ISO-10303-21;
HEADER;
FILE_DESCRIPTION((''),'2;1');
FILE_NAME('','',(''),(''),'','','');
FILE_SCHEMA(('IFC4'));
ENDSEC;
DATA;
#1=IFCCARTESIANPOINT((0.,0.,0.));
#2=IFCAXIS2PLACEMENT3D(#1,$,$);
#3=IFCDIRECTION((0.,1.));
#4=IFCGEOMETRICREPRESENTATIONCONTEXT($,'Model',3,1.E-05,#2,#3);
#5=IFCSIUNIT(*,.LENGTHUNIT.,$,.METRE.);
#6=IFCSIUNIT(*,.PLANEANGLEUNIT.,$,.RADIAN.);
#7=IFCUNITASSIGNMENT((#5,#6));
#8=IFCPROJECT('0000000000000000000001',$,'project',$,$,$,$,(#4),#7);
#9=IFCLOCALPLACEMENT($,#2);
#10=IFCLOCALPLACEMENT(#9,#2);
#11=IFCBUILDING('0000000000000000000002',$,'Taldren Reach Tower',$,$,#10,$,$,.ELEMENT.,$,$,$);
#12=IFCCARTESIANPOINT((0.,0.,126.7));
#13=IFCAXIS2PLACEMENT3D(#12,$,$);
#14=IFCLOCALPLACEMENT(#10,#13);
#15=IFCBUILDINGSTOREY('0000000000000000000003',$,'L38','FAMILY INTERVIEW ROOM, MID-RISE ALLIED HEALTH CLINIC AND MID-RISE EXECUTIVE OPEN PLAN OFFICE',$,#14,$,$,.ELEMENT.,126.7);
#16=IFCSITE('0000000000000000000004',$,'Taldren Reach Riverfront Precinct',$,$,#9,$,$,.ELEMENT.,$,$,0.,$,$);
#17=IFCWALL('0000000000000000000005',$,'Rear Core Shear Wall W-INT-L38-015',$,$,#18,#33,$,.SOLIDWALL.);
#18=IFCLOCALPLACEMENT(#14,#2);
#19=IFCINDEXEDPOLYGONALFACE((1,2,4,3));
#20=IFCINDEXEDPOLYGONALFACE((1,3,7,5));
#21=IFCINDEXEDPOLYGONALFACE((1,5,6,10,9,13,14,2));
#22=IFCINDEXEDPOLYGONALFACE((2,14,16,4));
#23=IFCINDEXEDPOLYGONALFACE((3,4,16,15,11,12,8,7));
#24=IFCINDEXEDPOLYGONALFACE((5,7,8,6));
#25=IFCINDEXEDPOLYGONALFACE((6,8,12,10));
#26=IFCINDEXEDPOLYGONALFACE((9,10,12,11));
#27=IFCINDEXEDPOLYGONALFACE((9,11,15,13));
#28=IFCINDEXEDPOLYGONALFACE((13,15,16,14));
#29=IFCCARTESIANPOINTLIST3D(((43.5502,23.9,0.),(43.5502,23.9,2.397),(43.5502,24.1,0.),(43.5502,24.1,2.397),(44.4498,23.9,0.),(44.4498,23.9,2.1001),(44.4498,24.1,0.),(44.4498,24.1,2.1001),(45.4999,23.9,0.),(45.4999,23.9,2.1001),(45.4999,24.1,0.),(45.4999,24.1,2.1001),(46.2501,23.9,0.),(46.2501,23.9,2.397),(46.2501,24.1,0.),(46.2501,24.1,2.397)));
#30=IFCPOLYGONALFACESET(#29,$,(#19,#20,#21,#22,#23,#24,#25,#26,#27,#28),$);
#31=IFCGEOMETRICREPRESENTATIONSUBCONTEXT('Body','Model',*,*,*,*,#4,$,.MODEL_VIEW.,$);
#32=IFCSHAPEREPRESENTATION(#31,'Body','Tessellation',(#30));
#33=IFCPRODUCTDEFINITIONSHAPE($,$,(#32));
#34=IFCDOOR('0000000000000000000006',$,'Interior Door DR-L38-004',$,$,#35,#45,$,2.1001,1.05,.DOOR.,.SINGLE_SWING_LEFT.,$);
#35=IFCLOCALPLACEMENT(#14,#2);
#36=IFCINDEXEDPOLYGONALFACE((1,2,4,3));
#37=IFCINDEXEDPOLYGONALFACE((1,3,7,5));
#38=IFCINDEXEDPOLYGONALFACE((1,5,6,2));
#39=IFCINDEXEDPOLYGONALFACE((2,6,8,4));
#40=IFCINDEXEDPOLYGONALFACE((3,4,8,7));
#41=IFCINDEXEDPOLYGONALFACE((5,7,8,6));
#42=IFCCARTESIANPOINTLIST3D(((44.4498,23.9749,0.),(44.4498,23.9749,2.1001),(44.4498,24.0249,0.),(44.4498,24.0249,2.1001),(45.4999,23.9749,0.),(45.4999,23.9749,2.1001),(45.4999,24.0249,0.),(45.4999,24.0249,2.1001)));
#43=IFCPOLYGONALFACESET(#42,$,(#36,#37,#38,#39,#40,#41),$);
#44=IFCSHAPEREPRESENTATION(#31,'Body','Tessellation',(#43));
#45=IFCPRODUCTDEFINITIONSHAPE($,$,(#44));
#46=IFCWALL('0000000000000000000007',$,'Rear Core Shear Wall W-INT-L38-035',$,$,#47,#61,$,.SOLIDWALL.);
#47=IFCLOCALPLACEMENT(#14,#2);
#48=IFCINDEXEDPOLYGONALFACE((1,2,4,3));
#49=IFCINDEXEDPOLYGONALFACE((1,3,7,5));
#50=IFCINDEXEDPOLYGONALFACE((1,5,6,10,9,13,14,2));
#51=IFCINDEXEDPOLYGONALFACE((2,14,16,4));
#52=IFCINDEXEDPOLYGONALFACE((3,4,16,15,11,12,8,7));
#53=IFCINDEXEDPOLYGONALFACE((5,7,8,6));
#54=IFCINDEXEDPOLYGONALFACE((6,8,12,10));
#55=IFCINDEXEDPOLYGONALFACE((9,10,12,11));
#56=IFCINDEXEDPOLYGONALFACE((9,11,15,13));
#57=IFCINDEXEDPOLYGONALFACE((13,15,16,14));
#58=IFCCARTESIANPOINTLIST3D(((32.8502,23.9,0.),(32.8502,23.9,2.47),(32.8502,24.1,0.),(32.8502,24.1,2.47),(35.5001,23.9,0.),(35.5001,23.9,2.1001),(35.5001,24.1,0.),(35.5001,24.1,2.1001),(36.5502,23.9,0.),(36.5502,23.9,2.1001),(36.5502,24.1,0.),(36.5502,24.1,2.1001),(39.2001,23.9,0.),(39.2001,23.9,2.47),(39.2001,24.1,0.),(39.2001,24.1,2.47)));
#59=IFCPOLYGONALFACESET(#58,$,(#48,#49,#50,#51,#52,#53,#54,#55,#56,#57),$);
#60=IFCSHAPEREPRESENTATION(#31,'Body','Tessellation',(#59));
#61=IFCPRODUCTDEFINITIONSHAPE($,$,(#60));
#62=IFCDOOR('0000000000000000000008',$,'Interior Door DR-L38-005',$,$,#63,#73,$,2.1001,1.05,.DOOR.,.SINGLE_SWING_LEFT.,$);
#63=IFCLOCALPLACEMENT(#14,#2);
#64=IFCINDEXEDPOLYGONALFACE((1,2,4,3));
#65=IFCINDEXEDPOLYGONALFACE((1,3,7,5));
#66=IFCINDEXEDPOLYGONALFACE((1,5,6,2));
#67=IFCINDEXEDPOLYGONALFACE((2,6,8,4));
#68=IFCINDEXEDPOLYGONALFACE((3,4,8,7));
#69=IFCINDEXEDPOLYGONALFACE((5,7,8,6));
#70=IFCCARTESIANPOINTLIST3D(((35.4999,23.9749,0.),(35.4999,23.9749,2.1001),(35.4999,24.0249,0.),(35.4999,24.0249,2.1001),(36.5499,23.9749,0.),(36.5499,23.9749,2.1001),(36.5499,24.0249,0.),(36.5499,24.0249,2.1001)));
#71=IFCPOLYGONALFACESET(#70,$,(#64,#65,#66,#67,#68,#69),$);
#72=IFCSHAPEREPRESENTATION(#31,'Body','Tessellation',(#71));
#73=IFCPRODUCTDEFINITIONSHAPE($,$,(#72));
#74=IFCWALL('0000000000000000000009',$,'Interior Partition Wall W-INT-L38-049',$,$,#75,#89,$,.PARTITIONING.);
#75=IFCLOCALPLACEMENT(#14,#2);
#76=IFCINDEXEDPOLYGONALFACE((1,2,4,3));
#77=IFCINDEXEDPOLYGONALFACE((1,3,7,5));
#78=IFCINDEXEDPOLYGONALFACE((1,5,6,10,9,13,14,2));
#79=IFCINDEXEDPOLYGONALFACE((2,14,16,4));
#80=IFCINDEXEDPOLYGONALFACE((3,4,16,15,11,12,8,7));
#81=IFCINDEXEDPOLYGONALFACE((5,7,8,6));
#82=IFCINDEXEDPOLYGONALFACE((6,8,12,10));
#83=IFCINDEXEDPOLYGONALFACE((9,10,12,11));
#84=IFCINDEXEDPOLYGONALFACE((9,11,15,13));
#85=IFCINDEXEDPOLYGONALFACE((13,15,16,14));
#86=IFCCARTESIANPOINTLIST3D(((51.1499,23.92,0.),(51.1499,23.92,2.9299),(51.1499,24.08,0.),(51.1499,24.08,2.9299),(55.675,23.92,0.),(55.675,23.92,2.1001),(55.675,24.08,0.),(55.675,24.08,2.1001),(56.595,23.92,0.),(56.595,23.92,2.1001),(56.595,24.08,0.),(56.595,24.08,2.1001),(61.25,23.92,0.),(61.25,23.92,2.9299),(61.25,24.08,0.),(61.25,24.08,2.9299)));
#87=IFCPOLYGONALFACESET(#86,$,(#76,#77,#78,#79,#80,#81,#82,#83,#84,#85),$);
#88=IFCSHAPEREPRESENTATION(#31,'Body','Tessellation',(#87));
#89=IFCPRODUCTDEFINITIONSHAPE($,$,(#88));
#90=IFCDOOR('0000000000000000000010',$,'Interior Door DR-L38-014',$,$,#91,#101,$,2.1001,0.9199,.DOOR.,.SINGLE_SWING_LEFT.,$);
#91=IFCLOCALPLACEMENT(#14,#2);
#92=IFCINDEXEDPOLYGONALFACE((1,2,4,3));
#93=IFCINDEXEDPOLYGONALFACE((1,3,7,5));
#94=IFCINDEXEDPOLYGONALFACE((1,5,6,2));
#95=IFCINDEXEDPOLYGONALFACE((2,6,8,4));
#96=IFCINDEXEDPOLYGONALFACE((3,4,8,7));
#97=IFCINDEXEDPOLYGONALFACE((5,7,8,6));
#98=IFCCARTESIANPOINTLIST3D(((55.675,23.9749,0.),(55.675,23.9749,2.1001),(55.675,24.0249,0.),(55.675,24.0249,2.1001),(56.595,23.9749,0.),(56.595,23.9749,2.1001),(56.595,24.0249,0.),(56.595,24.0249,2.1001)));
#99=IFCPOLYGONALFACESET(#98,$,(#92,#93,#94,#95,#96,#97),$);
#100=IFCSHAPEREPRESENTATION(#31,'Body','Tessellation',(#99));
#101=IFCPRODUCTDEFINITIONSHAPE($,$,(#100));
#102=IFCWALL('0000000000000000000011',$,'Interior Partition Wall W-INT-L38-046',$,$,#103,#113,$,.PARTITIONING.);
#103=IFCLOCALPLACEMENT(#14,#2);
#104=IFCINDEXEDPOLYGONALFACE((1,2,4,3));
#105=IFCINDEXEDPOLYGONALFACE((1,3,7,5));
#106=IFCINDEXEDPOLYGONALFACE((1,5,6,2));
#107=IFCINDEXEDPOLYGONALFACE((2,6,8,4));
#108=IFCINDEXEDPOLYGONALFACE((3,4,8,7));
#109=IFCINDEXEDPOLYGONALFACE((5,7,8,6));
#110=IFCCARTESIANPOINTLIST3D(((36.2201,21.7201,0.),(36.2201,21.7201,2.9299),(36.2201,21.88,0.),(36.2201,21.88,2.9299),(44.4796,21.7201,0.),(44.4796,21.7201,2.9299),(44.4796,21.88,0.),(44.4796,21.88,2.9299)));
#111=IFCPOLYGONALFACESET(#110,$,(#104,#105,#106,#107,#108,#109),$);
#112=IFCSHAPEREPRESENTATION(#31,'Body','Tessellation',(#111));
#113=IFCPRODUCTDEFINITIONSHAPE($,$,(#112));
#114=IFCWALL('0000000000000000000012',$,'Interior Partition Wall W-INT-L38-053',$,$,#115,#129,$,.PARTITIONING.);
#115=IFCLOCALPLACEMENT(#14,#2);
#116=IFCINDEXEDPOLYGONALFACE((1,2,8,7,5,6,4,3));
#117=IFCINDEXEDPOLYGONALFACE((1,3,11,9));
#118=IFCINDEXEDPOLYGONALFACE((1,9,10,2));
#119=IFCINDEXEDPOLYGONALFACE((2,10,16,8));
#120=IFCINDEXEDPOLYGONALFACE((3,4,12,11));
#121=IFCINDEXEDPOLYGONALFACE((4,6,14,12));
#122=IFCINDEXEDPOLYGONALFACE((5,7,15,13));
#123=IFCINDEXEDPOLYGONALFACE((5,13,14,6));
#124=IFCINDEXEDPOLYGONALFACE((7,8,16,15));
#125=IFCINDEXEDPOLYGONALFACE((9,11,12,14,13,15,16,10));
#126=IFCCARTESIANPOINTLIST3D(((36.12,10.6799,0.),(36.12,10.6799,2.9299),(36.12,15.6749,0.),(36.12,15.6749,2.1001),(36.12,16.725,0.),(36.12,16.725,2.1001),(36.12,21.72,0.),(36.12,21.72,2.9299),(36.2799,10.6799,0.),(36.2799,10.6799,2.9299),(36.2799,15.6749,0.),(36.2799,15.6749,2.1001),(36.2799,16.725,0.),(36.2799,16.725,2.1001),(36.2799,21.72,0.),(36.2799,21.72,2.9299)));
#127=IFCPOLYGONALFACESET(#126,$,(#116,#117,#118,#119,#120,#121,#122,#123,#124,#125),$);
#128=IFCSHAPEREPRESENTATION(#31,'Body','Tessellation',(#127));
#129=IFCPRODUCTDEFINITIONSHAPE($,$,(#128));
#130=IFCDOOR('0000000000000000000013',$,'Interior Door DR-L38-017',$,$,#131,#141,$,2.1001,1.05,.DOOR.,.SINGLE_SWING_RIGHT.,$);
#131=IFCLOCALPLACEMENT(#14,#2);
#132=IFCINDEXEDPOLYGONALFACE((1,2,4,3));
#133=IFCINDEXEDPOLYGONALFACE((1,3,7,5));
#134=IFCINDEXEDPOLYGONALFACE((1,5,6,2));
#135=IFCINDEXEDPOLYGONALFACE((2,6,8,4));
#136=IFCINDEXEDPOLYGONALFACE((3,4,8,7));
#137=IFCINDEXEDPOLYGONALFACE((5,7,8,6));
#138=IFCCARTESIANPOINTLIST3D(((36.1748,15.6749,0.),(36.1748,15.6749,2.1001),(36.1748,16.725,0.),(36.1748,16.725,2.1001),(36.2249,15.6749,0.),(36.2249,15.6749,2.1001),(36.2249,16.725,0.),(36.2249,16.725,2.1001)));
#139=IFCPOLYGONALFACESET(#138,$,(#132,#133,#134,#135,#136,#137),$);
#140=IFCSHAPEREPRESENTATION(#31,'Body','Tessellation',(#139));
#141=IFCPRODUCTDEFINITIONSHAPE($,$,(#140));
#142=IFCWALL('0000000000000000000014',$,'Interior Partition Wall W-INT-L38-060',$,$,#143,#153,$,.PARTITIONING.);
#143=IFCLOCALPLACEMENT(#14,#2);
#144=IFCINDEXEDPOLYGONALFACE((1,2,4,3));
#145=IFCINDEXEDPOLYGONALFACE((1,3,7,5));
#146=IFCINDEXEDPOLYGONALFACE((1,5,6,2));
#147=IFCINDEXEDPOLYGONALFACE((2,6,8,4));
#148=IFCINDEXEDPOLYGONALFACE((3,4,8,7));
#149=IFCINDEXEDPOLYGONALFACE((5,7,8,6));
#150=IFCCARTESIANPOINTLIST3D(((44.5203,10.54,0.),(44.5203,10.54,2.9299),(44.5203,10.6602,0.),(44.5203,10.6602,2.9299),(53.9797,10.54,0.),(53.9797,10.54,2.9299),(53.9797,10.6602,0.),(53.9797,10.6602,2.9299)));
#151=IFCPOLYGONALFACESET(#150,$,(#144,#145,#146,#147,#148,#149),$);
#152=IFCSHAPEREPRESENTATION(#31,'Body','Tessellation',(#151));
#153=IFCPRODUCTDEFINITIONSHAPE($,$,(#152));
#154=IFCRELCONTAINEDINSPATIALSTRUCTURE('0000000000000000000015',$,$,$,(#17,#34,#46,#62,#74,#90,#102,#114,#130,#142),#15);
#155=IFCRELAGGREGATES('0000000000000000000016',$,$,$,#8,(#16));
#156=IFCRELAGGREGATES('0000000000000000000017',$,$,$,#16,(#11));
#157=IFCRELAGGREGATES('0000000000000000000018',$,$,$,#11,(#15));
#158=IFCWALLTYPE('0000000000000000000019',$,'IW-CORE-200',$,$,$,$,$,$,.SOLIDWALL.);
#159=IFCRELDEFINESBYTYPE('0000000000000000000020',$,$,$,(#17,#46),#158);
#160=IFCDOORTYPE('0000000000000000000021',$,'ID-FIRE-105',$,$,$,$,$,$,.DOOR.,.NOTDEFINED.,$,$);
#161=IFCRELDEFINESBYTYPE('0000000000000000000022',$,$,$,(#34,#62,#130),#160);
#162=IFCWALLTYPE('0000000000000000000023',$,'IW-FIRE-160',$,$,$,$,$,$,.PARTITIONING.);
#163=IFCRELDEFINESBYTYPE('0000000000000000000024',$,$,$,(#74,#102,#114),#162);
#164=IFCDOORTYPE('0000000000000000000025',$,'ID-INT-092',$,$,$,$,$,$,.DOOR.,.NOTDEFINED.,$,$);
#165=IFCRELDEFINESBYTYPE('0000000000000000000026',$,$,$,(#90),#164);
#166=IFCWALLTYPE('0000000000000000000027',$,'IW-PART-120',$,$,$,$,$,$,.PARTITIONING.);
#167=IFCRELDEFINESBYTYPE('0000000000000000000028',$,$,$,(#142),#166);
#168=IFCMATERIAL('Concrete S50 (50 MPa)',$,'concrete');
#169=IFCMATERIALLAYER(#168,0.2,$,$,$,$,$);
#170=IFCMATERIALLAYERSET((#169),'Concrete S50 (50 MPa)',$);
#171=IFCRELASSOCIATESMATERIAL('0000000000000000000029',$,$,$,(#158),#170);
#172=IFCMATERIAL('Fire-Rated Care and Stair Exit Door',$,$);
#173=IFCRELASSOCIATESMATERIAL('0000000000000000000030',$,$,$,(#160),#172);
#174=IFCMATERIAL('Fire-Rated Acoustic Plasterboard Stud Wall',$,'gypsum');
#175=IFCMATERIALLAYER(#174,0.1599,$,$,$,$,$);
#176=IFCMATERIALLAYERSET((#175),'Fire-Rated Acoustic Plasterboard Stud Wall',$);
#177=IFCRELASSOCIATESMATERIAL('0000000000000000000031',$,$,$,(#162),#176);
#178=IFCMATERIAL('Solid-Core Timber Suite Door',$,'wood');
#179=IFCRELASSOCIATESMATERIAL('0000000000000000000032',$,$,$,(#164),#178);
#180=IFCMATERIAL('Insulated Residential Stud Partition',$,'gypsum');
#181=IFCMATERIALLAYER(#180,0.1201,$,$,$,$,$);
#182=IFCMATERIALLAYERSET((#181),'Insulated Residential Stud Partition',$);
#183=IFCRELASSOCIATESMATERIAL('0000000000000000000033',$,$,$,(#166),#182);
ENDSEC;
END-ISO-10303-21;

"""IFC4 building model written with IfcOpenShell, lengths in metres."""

from ifc_helpers import new_model, si_unit, direction, frame, frame_2d, origin, place, context, subcontext, project, spatial, rectangle, extrude, source, transform, mapped, material, layer, layer_set, type_object, element, fill, save


model = new_model("IFC4")

# Units and contexts
model_context = context("Model", 3, precision=1e-05, world=origin(), true_north=direction((0.0, 1.0)))
body_context = subcontext(model_context, "Body", "Model", "MODEL_VIEW")
ifc_project = project(units=[si_unit("LENGTHUNIT", "METRE"), si_unit("PLANEANGLEUNIT", "RADIAN")], contexts=[model_context])

# Site, building, storey
site_placement = place(None, origin())
site = spatial("IfcSite", under=ifc_project, at=site_placement, Name="Taldren Reach Riverfront Precinct", CompositionType="ELEMENT", RefElevation=0.0)
building_placement = place(site_placement, origin())
building = spatial("IfcBuilding", under=site, at=building_placement, Name="Taldren Reach Tower", CompositionType="ELEMENT")
storey_placement = place(building_placement, frame((0.0, 0.0, 126.7)))
storey = spatial("IfcBuildingStorey", under=building, at=storey_placement, Name="L38", Description="FAMILY INTERVIEW ROOM, MID-RISE ALLIED HEALTH CLINIC AND MID-RISE EXECUTIVE OPEN PLAN OFFICE", CompositionType="ELEMENT", Elevation=126.7)

# Shared definitions
ifc_material_1 = material(Name="Concrete S50 (50 MPa)", Category="concrete")
ifc_layer_1 = layer(ifc_material_1, 0.2)
ifc_layer_set_1 = layer_set([ifc_layer_1], Name="Concrete S50 (50 MPa)")
wall_type_1 = type_object("IfcWallType", Name="IW-CORE-200", PredefinedType="SOLIDWALL", material=ifc_layer_set_1)
shared_shape_1 = source(origin(), body_context, "Body", "SweptSolid", [
    extrude(rectangle(XDim=1.05, YDim=2.1001, at=frame_2d((0.5249, 1.05))), frame((0.0, 0.1099, 0.0), z_axis=(0.0, -1.0, 0.0), x_axis=(1.0, 0.0, 0.0)), (0.0, 0.0, 1.0), 0.22),
])
ifc_material_2 = material(Name="Fire-Rated Care and Stair Exit Door")
door_type_1 = type_object("IfcDoorType", Name="ID-FIRE-105", OperationType="NOTDEFINED", PredefinedType="DOOR", material=ifc_material_2)
shared_shape_2 = source(origin(), body_context, "Body", "SweptSolid", [
    extrude(rectangle(XDim=1.05, YDim=2.1001, at=frame_2d((0.5249, 1.05))), frame((0.0, 0.0249, 0.0), z_axis=(0.0, -1.0, 0.0), x_axis=(1.0, 0.0, 0.0)), (0.0, 0.0, 1.0), 0.05),
])

# Walls, openings, doors
shared_shape_3 = source(origin(), body_context, "Body", "SweptSolid", [
    extrude(rectangle(XDim=2.7, YDim=0.2, at=frame_2d((1.3501, 0.0))), origin(), (0.0, 0.0, 1.0), 2.397),
])
wall_1_placement = place(storey_placement, frame((43.55, 24.0, 0.0), z_axis=(0.0, 0.0, 1.0), x_axis=(1.0, 0.0, 0.0)))
wall_1 = element("IfcWall", 1, at=wall_1_placement, inside=storey, type_object=wall_type_1, Name="Rear Core Shear Wall W-INT-L38-015", PredefinedType="SOLIDWALL", context=body_context, shape_type="MappedRepresentation", body=[
    mapped(shared_shape_3, transform((0.0, 0.0, 0.0), scale=1.0)),
])
opening_1_placement = place(wall_1_placement, frame((0.8999, 0.0, 0.0)))
opening_1 = element("IfcOpeningElement", 2, at=opening_1_placement, cuts=wall_1, PredefinedType="OPENING", context=body_context, shape_type="MappedRepresentation", body=[
    mapped(shared_shape_1, transform((0.0, 0.0, 0.0), scale=1.0)),
])
door_1_placement = place(opening_1_placement, origin())
door_1 = element("IfcDoor", 3, at=door_1_placement, inside=storey, type_object=door_type_1, Name="Interior Door DR-L38-004", OperationType="SINGLE_SWING_LEFT", OverallHeight=2.1001, OverallWidth=1.05, PredefinedType="DOOR", context=body_context, shape_type="MappedRepresentation", body=[
    mapped(shared_shape_2, transform((0.0, 0.0, 0.0), scale=1.0)),
])
fill(opening_1, door_1)
shared_shape_4 = source(origin(), body_context, "Body", "SweptSolid", [
    extrude(rectangle(XDim=6.3499, YDim=0.2, at=frame_2d((3.1748, 0.0))), origin(), (0.0, 0.0, 1.0), 2.47),
])
wall_2_placement = place(storey_placement, frame((39.2, 24.0, 0.0), z_axis=(0.0, 0.0, 1.0), x_axis=(-1.0, 0.0, 0.0)))
wall_2 = element("IfcWall", 4, at=wall_2_placement, inside=storey, type_object=wall_type_1, Name="Rear Core Shear Wall W-INT-L38-035", PredefinedType="SOLIDWALL", context=body_context, shape_type="MappedRepresentation", body=[
    mapped(shared_shape_4, transform((0.0, 0.0, 0.0), scale=1.0)),
])
opening_2_placement = place(wall_2_placement, frame((2.6499, 0.0, 0.0)))
opening_2 = element("IfcOpeningElement", 5, at=opening_2_placement, cuts=wall_2, PredefinedType="OPENING", context=body_context, shape_type="MappedRepresentation", body=[
    mapped(shared_shape_1, transform((0.0, 0.0, 0.0), scale=1.0)),
])
door_2_placement = place(opening_2_placement, frame((1.05, 0.0, 0.0), z_axis=(0.0, 0.0, 1.0), x_axis=(-1.0, 0.0, 0.0)))
door_2 = element("IfcDoor", 6, at=door_2_placement, inside=storey, type_object=door_type_1, Name="Interior Door DR-L38-005", OperationType="SINGLE_SWING_LEFT", OverallHeight=2.1001, OverallWidth=1.05, PredefinedType="DOOR", context=body_context, shape_type="MappedRepresentation", body=[
    mapped(shared_shape_2, transform((0.0, 0.0, 0.0), scale=1.0)),
])
fill(opening_2, door_2)
ifc_material_3 = material(Name="Fire-Rated Acoustic Plasterboard Stud Wall", Category="gypsum")
ifc_layer_2 = layer(ifc_material_3, 0.1599)
ifc_layer_set_2 = layer_set([ifc_layer_2], Name="Fire-Rated Acoustic Plasterboard Stud Wall")
wall_type_2 = type_object("IfcWallType", Name="IW-FIRE-160", PredefinedType="PARTITIONING", material=ifc_layer_set_2)
shared_shape_5 = source(origin(), body_context, "Body", "SweptSolid", [
    extrude(rectangle(XDim=10.1001, YDim=0.1599, at=frame_2d((5.05, 0.0))), origin(), (0.0, 0.0, 1.0), 2.9299),
])
wall_3_placement = place(storey_placement, frame((51.1499, 24.0, 0.0), z_axis=(0.0, 0.0, 1.0), x_axis=(1.0, 0.0, 0.0)))
wall_3 = element("IfcWall", 7, at=wall_3_placement, inside=storey, type_object=wall_type_2, Name="Interior Partition Wall W-INT-L38-049", PredefinedType="PARTITIONING", context=body_context, shape_type="MappedRepresentation", body=[
    mapped(shared_shape_5, transform((0.0, 0.0, 0.0), scale=1.0)),
])
shared_shape_6 = source(origin(), body_context, "Body", "SweptSolid", [
    extrude(rectangle(XDim=0.9199, YDim=2.1001, at=frame_2d((0.46, 1.05))), frame((0.0, 0.0898, 0.0), z_axis=(0.0, -1.0, 0.0), x_axis=(1.0, 0.0, 0.0)), (0.0, 0.0, 1.0), 0.1799),
])
opening_3_placement = place(wall_3_placement, frame((4.5251, 0.0, 0.0)))
opening_3 = element("IfcOpeningElement", 8, at=opening_3_placement, cuts=wall_3, PredefinedType="OPENING", context=body_context, shape_type="MappedRepresentation", body=[
    mapped(shared_shape_6, transform((0.0, 0.0, 0.0), scale=1.0)),
])
ifc_material_4 = material(Name="Solid-Core Timber Suite Door", Category="wood")
door_type_2 = type_object("IfcDoorType", Name="ID-INT-092", OperationType="NOTDEFINED", PredefinedType="DOOR", material=ifc_material_4)
shared_shape_7 = source(origin(), body_context, "Body", "SweptSolid", [
    extrude(rectangle(XDim=0.9199, YDim=2.1001, at=frame_2d((0.46, 1.05))), frame((0.0, 0.0249, 0.0), z_axis=(0.0, -1.0, 0.0), x_axis=(1.0, 0.0, 0.0)), (0.0, 0.0, 1.0), 0.05),
])
door_3_placement = place(opening_3_placement, origin())
door_3 = element("IfcDoor", 9, at=door_3_placement, inside=storey, type_object=door_type_2, Name="Interior Door DR-L38-014", OperationType="SINGLE_SWING_LEFT", OverallHeight=2.1001, OverallWidth=0.9199, PredefinedType="DOOR", context=body_context, shape_type="MappedRepresentation", body=[
    mapped(shared_shape_7, transform((0.0, 0.0, 0.0), scale=1.0)),
])
fill(opening_3, door_3)

# Wall
shared_shape_8 = source(origin(), body_context, "Body", "SweptSolid", [
    extrude(rectangle(XDim=8.2595, YDim=0.1599, at=frame_2d((4.1299, 0.0))), origin(), (0.0, 0.0, 1.0), 2.9299),
])
wall_4_placement = place(storey_placement, frame((44.4797, 21.8, 0.0), z_axis=(0.0, 0.0, 1.0), x_axis=(-1.0, 0.0, 0.0)))
element("IfcWall", 10, at=wall_4_placement, inside=storey, type_object=wall_type_2, Name="Interior Partition Wall W-INT-L38-046", PredefinedType="PARTITIONING", context=body_context, shape_type="MappedRepresentation", body=[
    mapped(shared_shape_8, transform((0.0, 0.0, 0.0), scale=1.0)),
])

# Wall, opening, door
shared_shape_9 = source(origin(), body_context, "Body", "SweptSolid", [
    extrude(rectangle(XDim=11.04, YDim=0.1599, at=frame_2d((5.52, 0.0))), origin(), (0.0, 0.0, 1.0), 2.9299),
])
wall_5_placement = place(storey_placement, frame((36.2, 21.72, 0.0), z_axis=(0.0, 0.0, 1.0), x_axis=(0.0, -1.0, 0.0)))
wall_5 = element("IfcWall", 11, at=wall_5_placement, inside=storey, type_object=wall_type_2, Name="Interior Partition Wall W-INT-L38-053", PredefinedType="PARTITIONING", context=body_context, shape_type="MappedRepresentation", body=[
    mapped(shared_shape_9, transform((0.0, 0.0, 0.0), scale=1.0)),
])
shared_shape_10 = source(origin(), body_context, "Body", "SweptSolid", [
    extrude(rectangle(XDim=1.05, YDim=2.1001, at=frame_2d((0.5249, 1.05))), frame((0.0, 0.0898, 0.0), z_axis=(0.0, -1.0, 0.0), x_axis=(1.0, 0.0, 0.0)), (0.0, 0.0, 1.0), 0.1799),
])
opening_4_placement = place(wall_5_placement, frame((4.9951, 0.0, 0.0)))
opening_4 = element("IfcOpeningElement", 12, at=opening_4_placement, cuts=wall_5, PredefinedType="OPENING", context=body_context, shape_type="MappedRepresentation", body=[
    mapped(shared_shape_10, transform((0.0, 0.0, 0.0), scale=1.0)),
])
door_4_placement = place(opening_4_placement, origin())
door_4 = element("IfcDoor", 13, at=door_4_placement, inside=storey, type_object=door_type_1, Name="Interior Door DR-L38-017", OperationType="SINGLE_SWING_RIGHT", OverallHeight=2.1001, OverallWidth=1.05, PredefinedType="DOOR", context=body_context, shape_type="MappedRepresentation", body=[
    mapped(shared_shape_2, transform((0.0, 0.0, 0.0), scale=1.0)),
])
fill(opening_4, door_4)

# Wall
ifc_material_5 = material(Name="Insulated Residential Stud Partition", Category="gypsum")
ifc_layer_3 = layer(ifc_material_5, 0.1201)
ifc_layer_set_3 = layer_set([ifc_layer_3], Name="Insulated Residential Stud Partition")
wall_type_3 = type_object("IfcWallType", Name="IW-PART-120", PredefinedType="PARTITIONING", material=ifc_layer_set_3)
shared_shape_11 = source(origin(), body_context, "Body", "SweptSolid", [
    extrude(rectangle(XDim=9.4595, YDim=0.1201, at=frame_2d((4.7297, 0.0))), origin(), (0.0, 0.0, 1.0), 2.9299),
])
wall_6_placement = place(storey_placement, frame((44.5203, 10.6001, 0.0), z_axis=(0.0, 0.0, 1.0), x_axis=(1.0, 0.0, 0.0)))
element("IfcWall", 14, at=wall_6_placement, inside=storey, type_object=wall_type_3, Name="Interior Partition Wall W-INT-L38-060", PredefinedType="PARTITIONING", context=body_context, shape_type="MappedRepresentation", body=[
    mapped(shared_shape_11, transform((0.0, 0.0, 0.0), scale=1.0)),
])

save(model, "model.ifc")
